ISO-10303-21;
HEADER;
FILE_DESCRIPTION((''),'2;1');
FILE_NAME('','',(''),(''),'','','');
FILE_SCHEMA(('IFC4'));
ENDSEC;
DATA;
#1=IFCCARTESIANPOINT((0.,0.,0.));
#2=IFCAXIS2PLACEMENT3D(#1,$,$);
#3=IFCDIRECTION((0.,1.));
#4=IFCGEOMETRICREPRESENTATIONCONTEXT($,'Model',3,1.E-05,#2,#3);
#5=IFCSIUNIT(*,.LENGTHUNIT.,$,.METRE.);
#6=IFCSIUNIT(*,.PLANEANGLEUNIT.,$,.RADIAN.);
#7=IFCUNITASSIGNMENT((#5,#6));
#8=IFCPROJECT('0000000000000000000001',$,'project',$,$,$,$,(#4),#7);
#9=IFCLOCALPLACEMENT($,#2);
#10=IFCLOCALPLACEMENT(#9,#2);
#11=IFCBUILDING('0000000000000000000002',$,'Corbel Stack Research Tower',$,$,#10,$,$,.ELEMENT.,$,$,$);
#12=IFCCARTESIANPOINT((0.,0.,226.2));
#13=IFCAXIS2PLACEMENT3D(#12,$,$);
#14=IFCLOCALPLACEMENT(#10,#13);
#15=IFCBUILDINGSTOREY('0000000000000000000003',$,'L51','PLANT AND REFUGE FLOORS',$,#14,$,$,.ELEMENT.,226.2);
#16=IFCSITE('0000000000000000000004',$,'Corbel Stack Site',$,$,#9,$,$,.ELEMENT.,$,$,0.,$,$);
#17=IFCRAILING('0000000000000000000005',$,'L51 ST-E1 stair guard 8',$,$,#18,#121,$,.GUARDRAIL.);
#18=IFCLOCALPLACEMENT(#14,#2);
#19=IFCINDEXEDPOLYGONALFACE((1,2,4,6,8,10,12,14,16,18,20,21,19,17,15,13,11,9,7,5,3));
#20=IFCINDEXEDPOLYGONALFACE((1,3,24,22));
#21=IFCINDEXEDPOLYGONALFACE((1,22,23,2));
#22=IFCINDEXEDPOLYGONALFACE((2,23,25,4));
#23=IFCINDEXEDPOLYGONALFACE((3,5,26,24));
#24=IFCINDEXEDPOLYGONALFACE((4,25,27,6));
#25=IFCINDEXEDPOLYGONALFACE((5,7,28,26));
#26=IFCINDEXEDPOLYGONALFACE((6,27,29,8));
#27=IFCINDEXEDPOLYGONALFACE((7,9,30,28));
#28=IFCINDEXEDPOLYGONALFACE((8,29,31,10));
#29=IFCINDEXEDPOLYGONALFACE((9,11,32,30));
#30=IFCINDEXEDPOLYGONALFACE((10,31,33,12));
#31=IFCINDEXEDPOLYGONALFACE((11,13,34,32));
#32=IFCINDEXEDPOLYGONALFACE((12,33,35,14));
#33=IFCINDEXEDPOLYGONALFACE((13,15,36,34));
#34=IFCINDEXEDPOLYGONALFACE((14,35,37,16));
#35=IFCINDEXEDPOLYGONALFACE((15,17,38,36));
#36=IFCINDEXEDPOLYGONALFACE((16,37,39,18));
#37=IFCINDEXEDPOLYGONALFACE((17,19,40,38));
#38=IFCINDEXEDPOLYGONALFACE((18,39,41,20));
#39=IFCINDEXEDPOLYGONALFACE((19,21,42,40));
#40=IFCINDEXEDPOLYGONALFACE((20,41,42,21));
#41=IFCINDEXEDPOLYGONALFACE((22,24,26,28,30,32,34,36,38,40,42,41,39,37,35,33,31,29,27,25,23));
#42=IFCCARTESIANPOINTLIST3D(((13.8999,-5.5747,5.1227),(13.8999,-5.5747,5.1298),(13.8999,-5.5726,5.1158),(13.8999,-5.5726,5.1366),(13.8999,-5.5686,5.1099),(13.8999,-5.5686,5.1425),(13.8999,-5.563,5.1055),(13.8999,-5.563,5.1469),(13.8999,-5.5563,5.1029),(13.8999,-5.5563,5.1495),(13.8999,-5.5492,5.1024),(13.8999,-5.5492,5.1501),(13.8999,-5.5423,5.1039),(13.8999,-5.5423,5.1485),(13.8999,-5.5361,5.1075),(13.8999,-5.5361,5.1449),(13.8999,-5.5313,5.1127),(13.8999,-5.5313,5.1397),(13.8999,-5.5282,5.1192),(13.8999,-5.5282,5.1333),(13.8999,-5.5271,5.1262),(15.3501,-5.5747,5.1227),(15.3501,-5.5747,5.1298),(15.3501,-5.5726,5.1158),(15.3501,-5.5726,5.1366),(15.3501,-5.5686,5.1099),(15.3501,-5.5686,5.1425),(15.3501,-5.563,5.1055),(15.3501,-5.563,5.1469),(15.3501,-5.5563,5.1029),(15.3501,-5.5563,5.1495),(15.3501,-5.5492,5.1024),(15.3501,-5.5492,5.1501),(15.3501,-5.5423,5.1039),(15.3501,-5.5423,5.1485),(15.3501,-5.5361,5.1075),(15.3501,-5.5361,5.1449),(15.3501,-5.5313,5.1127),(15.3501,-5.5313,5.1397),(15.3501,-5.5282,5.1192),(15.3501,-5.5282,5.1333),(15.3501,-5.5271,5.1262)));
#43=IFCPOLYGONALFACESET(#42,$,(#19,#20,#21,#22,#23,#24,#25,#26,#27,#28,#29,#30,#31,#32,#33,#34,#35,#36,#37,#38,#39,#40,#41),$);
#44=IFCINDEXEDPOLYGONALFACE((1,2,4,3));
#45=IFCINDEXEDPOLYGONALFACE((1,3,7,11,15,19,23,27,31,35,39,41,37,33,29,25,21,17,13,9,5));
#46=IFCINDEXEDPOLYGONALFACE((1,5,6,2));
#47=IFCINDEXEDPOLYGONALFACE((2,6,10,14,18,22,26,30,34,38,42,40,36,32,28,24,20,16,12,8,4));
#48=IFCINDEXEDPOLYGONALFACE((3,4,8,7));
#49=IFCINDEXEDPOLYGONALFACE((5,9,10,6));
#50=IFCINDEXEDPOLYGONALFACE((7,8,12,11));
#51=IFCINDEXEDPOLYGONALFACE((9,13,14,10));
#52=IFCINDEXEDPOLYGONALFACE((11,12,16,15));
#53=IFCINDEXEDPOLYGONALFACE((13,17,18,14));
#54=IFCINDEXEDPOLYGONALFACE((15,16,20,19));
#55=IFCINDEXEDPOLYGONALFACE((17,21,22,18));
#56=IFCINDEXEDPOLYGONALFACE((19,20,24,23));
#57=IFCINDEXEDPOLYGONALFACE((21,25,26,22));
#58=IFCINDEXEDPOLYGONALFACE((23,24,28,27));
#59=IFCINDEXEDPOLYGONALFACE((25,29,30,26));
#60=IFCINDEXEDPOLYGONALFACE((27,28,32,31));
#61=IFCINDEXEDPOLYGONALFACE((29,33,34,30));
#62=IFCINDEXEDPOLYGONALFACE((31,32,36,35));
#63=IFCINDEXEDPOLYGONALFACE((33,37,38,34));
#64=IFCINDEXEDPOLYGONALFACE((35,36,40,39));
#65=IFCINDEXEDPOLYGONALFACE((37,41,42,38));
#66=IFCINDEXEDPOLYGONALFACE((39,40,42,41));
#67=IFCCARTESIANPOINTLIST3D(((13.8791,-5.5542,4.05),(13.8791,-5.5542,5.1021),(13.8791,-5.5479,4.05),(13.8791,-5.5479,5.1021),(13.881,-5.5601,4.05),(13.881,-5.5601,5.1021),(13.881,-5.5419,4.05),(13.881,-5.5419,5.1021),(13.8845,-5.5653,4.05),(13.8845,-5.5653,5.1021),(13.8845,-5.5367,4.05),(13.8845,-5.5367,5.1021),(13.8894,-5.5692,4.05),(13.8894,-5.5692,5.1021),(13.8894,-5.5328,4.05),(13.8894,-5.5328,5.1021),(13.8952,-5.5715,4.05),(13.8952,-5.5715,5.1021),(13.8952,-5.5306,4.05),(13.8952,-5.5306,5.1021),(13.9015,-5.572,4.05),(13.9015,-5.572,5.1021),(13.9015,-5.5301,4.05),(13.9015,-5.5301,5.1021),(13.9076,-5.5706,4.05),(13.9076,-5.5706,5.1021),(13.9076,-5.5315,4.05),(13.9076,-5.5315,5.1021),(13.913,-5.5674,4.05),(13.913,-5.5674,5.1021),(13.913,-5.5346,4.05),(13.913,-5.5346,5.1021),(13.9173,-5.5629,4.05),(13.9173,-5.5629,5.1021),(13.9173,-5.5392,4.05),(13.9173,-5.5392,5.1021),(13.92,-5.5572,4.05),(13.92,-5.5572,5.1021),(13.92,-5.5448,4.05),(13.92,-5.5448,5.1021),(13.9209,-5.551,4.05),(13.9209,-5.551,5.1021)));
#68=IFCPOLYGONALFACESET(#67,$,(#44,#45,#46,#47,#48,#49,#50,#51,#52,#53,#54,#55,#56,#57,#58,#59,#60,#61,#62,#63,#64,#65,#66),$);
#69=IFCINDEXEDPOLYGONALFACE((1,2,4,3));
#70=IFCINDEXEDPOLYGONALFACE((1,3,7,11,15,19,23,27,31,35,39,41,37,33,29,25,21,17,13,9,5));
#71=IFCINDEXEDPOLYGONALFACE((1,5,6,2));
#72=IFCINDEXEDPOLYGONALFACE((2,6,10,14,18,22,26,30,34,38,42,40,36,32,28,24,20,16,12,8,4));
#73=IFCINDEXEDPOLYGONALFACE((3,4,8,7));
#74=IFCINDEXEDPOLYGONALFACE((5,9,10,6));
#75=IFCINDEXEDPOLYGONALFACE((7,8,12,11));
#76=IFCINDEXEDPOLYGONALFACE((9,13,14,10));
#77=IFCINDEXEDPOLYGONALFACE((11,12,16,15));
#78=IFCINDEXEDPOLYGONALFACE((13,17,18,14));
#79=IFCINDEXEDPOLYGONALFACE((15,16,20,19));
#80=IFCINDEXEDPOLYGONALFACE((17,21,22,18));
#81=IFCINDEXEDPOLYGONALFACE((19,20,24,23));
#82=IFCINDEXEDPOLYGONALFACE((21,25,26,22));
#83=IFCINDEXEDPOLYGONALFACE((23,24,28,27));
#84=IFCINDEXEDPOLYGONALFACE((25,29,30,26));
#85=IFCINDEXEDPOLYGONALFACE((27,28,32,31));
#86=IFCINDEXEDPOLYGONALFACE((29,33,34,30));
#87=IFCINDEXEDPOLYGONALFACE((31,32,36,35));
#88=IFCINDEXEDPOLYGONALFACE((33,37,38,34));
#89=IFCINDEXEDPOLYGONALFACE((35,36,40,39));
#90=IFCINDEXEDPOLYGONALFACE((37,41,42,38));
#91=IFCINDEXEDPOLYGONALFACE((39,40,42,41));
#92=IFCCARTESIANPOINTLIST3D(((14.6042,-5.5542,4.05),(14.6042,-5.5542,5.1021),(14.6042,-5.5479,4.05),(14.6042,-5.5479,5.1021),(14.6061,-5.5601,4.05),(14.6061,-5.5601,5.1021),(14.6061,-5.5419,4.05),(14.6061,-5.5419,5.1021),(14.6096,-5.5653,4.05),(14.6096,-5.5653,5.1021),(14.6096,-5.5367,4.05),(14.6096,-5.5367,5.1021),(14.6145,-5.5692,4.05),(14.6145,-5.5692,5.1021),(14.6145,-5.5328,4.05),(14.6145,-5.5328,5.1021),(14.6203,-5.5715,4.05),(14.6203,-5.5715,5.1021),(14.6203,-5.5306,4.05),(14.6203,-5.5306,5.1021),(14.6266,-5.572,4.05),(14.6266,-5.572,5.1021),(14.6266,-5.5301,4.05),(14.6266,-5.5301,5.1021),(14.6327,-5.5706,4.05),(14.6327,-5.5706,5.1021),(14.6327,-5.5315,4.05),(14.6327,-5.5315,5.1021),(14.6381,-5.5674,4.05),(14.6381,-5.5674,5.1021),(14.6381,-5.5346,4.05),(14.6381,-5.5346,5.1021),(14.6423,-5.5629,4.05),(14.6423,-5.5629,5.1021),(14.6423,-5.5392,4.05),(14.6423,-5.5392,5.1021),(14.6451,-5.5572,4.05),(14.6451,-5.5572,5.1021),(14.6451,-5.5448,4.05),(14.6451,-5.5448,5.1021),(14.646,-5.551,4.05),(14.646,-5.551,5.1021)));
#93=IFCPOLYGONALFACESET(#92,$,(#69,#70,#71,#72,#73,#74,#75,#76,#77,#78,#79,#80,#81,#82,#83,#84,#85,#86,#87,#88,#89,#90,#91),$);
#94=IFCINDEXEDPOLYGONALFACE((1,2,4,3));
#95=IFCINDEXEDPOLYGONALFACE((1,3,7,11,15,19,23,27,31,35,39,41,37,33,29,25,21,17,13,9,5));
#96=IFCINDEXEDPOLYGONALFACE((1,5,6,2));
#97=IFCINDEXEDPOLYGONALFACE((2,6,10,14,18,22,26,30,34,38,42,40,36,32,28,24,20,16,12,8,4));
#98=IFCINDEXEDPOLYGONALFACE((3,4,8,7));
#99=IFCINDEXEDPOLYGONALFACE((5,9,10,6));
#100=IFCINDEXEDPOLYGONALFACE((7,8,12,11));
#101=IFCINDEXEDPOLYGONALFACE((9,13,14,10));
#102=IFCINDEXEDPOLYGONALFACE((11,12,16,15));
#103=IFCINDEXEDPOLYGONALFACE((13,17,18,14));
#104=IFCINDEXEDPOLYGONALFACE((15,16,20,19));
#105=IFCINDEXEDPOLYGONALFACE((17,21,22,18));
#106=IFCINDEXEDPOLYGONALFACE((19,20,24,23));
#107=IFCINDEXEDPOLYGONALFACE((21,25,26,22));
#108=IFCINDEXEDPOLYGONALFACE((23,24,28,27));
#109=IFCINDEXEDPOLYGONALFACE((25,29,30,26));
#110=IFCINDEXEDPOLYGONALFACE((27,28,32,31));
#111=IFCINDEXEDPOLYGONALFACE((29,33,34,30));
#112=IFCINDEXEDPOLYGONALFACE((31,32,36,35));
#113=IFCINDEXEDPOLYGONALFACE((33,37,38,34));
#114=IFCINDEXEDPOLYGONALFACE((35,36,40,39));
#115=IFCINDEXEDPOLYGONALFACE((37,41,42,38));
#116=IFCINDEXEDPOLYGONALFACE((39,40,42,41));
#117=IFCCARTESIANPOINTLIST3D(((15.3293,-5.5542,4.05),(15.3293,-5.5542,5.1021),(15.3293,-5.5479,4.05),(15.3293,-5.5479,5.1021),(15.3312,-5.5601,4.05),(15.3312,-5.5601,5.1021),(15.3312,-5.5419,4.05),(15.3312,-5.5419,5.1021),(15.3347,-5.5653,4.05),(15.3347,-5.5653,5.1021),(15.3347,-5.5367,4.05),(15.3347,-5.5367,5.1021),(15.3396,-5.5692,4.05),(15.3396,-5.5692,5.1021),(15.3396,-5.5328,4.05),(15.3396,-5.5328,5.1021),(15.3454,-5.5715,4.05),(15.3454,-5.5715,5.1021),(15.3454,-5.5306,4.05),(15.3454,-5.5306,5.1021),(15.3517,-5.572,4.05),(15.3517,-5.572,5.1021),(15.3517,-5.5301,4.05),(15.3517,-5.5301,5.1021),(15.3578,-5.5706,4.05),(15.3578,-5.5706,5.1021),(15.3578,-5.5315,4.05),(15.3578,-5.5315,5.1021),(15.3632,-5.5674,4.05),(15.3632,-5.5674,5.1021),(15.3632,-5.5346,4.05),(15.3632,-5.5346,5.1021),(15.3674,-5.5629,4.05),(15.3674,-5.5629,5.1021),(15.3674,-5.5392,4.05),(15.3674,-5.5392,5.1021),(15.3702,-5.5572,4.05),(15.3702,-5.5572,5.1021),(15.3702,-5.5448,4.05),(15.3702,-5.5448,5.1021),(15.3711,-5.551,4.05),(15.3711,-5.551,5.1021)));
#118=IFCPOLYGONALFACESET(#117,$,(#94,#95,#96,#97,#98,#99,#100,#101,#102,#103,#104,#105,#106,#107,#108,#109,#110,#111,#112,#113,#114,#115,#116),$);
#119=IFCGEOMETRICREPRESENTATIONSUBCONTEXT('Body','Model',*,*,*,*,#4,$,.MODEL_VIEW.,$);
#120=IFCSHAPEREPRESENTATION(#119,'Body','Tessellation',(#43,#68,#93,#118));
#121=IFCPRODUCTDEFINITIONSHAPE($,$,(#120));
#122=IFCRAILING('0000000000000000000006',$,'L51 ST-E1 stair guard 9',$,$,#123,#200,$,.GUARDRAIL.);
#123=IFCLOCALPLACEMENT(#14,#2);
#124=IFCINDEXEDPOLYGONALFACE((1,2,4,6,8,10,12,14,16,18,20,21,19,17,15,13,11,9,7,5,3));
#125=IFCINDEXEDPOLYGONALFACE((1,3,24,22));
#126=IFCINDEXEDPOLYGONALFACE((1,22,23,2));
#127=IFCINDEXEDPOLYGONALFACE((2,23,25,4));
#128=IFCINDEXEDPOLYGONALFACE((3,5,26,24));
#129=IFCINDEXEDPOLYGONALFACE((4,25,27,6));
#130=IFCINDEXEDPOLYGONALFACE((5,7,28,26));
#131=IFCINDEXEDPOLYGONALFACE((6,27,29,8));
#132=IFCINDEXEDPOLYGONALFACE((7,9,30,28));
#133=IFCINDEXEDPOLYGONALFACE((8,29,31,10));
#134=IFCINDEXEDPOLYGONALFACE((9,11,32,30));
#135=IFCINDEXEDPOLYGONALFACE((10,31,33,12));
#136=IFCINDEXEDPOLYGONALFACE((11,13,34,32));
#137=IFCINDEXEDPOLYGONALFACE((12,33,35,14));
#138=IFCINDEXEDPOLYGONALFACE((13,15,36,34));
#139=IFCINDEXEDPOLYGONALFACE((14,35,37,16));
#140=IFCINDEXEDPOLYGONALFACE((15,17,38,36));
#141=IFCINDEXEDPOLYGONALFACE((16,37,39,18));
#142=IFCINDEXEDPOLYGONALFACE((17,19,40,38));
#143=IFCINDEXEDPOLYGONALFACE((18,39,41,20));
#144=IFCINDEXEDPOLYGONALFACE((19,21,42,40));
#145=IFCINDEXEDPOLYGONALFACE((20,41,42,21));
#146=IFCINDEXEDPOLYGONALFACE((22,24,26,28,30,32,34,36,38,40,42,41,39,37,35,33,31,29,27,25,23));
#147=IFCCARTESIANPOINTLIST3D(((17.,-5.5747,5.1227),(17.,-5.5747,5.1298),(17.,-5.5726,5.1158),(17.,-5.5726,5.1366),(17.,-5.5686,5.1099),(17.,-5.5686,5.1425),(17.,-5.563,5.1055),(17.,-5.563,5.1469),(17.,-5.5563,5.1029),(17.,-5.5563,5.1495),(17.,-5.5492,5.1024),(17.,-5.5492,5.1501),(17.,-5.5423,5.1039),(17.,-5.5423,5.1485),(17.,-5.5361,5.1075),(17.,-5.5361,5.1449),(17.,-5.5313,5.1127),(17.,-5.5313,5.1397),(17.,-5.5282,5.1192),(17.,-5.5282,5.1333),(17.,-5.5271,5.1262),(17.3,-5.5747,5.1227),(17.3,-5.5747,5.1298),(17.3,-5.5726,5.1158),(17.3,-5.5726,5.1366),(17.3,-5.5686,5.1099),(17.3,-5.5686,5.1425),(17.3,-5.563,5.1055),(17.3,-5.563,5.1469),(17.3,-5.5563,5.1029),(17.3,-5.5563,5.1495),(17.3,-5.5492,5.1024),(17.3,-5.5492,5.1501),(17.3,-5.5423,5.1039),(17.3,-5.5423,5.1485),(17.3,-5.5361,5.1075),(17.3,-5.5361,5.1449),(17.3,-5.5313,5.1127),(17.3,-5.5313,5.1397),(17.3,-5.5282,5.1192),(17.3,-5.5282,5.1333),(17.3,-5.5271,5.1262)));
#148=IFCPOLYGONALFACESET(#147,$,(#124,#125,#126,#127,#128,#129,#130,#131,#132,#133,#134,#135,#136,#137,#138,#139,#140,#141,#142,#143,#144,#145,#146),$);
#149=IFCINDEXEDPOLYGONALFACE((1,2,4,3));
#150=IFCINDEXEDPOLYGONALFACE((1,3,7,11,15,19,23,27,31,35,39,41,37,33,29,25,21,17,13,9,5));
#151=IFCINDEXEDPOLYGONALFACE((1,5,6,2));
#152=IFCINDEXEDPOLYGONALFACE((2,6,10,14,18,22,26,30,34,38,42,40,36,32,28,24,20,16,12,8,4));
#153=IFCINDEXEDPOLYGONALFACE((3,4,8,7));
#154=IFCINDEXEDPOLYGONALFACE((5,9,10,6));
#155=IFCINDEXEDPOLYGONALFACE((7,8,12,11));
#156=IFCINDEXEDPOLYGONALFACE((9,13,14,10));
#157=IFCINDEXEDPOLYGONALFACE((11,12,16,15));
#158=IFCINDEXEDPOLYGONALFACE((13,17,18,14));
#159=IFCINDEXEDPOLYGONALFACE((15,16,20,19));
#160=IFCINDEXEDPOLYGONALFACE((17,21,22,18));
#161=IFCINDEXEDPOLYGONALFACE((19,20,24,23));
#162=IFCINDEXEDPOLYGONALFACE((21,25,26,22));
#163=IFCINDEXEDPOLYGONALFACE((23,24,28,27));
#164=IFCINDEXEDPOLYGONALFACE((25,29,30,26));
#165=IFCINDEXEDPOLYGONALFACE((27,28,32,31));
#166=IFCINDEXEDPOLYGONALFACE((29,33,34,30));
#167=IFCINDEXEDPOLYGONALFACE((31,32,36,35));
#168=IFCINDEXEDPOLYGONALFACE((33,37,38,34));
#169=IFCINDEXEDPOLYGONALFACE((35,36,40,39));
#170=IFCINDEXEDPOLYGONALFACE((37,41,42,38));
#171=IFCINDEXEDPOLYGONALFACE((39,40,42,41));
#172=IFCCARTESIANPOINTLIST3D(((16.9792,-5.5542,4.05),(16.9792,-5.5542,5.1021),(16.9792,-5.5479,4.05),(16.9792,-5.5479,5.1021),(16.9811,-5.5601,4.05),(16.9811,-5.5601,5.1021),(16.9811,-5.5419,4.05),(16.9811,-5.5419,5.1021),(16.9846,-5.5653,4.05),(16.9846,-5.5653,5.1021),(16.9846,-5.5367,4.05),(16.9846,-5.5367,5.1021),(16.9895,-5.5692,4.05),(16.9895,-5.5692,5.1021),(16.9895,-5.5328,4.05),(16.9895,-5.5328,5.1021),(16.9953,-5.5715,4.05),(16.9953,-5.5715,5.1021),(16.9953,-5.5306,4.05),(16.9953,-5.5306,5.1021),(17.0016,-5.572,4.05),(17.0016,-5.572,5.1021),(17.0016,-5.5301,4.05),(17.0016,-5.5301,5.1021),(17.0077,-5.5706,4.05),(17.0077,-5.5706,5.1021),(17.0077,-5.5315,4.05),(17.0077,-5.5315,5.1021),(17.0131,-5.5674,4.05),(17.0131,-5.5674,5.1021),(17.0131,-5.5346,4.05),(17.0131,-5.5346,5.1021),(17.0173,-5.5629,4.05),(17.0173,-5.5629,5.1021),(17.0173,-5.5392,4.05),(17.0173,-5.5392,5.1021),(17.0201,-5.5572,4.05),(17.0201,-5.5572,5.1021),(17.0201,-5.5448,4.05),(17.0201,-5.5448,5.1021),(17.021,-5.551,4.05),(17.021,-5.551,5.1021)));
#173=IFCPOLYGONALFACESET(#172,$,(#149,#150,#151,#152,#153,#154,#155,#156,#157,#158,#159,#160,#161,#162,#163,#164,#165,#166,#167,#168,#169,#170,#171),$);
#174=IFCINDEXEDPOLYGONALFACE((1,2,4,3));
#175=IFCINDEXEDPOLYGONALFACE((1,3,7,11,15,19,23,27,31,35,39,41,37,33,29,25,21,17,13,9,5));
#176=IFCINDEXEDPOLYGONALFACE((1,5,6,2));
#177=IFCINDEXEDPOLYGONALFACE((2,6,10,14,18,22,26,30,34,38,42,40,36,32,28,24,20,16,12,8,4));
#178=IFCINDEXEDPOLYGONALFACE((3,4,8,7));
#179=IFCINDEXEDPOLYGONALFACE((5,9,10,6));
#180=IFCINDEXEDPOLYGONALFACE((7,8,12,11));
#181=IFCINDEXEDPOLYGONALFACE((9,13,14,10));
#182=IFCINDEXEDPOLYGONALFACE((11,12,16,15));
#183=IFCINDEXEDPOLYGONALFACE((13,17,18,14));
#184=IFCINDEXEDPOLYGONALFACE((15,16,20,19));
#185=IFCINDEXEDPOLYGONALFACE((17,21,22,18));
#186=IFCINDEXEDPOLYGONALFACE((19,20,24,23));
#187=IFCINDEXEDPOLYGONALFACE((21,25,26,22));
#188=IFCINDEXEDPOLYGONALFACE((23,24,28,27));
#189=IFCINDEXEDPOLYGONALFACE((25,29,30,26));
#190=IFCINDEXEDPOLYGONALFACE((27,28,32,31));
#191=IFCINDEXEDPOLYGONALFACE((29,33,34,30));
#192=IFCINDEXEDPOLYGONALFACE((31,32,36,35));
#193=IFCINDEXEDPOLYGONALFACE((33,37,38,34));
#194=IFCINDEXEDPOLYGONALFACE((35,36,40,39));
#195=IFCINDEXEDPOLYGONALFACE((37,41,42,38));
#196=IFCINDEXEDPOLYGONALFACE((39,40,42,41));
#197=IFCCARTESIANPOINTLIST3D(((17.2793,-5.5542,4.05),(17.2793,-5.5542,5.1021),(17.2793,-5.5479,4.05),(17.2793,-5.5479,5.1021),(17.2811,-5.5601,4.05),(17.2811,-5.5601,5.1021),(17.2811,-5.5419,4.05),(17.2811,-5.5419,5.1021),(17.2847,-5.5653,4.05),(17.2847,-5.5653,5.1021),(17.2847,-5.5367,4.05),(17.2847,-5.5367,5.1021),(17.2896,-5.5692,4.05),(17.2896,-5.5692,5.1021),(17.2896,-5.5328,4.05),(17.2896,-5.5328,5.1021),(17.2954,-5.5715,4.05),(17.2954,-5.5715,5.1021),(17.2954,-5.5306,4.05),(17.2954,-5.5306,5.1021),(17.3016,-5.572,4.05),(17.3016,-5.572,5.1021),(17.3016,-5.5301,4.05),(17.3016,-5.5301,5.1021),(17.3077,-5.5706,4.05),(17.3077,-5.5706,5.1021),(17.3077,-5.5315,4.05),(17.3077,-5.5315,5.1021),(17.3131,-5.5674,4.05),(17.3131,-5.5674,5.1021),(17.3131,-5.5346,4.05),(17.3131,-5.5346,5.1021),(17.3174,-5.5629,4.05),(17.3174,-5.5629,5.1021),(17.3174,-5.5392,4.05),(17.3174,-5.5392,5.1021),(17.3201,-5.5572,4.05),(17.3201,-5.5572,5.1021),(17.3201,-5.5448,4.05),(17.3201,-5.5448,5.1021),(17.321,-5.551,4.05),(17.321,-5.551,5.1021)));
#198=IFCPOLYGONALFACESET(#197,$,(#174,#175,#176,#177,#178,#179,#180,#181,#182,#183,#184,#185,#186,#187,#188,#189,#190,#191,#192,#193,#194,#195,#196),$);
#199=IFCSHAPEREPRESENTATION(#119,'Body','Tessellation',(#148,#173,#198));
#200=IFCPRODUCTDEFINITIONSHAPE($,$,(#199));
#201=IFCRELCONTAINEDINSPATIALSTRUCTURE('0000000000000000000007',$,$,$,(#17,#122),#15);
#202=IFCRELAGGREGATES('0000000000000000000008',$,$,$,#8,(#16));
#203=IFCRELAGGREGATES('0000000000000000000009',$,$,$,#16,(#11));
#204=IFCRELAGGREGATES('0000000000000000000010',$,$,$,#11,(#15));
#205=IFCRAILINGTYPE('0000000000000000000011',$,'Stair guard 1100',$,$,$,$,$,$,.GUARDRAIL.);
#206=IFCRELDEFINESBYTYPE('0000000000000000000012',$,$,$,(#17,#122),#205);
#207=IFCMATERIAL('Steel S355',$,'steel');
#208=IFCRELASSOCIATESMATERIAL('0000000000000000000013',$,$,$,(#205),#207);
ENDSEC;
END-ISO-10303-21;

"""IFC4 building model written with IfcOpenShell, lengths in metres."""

from ifc_helpers import new_model, si_unit, direction, frame, origin, origin_2d, place, context, subcontext, project, spatial, circle, extrude, material, type_object, element, save


model = new_model("IFC4")

# Units and contexts
model_context = context("Model", 3, precision=1e-05, world=origin(), true_north=direction((0.0, 1.0)))
body_context = subcontext(model_context, "Body", "Model", "MODEL_VIEW")
ifc_project = project(units=[si_unit("LENGTHUNIT", "METRE"), si_unit("PLANEANGLEUNIT", "RADIAN")], contexts=[model_context])

# Site, building, storey
site_placement = place(None, origin())
site = spatial("IfcSite", under=ifc_project, at=site_placement, Name="Corbel Stack Site", CompositionType="ELEMENT", RefElevation=0.0)
building_placement = place(site_placement, origin())
building = spatial("IfcBuilding", under=site, at=building_placement, Name="Corbel Stack Research Tower", CompositionType="ELEMENT")
storey_placement = place(building_placement, frame((0.0, 0.0, 226.2)))
storey = spatial("IfcBuildingStorey", under=building, at=storey_placement, Name="L51", Description="PLANT AND REFUGE FLOORS", CompositionType="ELEMENT", Elevation=226.2)

# Railings
ifc_material_1 = material(Name="Steel S355", Category="steel")
railing_type_1 = type_object("IfcRailingType", Name="Stair guard 1100", PredefinedType="GUARDRAIL", material=ifc_material_1)
railing_1_placement = place(storey_placement, frame((13.8999, -5.551, 4.05)))
element("IfcRailing", 1, at=railing_1_placement, inside=storey, type_object=railing_type_1, Name="L51 ST-E1 stair guard 8", PredefinedType="GUARDRAIL", context=body_context, shape_type="SweptSolid", body=[
    extrude(circle(Radius=0.0239, at=origin_2d()), frame((0.0, 0.0, 1.0762), z_axis=(1.0, 0.0, 0.0), x_axis=(0.0, 1.0, 0.0)), (0.0, 0.0, 1.0), 1.4502),
    extrude(circle(Radius=0.021, at=origin_2d()), origin(), (0.0, 0.0, 1.0), 1.052),
    extrude(circle(Radius=0.021, at=origin_2d()), frame((0.7251, 0.0, 0.0)), (0.0, 0.0, 1.0), 1.052),
    extrude(circle(Radius=0.021, at=origin_2d()), frame((1.4502, 0.0, 0.0)), (0.0, 0.0, 1.0), 1.052),
])
railing_2_placement = place(storey_placement, frame((17.0, -5.551, 4.05)))
element("IfcRailing", 2, at=railing_2_placement, inside=storey, type_object=railing_type_1, Name="L51 ST-E1 stair guard 9", PredefinedType="GUARDRAIL", context=body_context, shape_type="SweptSolid", body=[
    extrude(circle(Radius=0.0239, at=origin_2d()), frame((0.0, 0.0, 1.0762), z_axis=(1.0, 0.0, 0.0), x_axis=(0.0, 1.0, 0.0)), (0.0, 0.0, 1.0), 0.3),
    extrude(circle(Radius=0.021, at=origin_2d()), origin(), (0.0, 0.0, 1.0), 1.052),
    extrude(circle(Radius=0.021, at=origin_2d()), frame((0.3, 0.0, 0.0)), (0.0, 0.0, 1.0), 1.052),
])

save(model, "model.ifc")
